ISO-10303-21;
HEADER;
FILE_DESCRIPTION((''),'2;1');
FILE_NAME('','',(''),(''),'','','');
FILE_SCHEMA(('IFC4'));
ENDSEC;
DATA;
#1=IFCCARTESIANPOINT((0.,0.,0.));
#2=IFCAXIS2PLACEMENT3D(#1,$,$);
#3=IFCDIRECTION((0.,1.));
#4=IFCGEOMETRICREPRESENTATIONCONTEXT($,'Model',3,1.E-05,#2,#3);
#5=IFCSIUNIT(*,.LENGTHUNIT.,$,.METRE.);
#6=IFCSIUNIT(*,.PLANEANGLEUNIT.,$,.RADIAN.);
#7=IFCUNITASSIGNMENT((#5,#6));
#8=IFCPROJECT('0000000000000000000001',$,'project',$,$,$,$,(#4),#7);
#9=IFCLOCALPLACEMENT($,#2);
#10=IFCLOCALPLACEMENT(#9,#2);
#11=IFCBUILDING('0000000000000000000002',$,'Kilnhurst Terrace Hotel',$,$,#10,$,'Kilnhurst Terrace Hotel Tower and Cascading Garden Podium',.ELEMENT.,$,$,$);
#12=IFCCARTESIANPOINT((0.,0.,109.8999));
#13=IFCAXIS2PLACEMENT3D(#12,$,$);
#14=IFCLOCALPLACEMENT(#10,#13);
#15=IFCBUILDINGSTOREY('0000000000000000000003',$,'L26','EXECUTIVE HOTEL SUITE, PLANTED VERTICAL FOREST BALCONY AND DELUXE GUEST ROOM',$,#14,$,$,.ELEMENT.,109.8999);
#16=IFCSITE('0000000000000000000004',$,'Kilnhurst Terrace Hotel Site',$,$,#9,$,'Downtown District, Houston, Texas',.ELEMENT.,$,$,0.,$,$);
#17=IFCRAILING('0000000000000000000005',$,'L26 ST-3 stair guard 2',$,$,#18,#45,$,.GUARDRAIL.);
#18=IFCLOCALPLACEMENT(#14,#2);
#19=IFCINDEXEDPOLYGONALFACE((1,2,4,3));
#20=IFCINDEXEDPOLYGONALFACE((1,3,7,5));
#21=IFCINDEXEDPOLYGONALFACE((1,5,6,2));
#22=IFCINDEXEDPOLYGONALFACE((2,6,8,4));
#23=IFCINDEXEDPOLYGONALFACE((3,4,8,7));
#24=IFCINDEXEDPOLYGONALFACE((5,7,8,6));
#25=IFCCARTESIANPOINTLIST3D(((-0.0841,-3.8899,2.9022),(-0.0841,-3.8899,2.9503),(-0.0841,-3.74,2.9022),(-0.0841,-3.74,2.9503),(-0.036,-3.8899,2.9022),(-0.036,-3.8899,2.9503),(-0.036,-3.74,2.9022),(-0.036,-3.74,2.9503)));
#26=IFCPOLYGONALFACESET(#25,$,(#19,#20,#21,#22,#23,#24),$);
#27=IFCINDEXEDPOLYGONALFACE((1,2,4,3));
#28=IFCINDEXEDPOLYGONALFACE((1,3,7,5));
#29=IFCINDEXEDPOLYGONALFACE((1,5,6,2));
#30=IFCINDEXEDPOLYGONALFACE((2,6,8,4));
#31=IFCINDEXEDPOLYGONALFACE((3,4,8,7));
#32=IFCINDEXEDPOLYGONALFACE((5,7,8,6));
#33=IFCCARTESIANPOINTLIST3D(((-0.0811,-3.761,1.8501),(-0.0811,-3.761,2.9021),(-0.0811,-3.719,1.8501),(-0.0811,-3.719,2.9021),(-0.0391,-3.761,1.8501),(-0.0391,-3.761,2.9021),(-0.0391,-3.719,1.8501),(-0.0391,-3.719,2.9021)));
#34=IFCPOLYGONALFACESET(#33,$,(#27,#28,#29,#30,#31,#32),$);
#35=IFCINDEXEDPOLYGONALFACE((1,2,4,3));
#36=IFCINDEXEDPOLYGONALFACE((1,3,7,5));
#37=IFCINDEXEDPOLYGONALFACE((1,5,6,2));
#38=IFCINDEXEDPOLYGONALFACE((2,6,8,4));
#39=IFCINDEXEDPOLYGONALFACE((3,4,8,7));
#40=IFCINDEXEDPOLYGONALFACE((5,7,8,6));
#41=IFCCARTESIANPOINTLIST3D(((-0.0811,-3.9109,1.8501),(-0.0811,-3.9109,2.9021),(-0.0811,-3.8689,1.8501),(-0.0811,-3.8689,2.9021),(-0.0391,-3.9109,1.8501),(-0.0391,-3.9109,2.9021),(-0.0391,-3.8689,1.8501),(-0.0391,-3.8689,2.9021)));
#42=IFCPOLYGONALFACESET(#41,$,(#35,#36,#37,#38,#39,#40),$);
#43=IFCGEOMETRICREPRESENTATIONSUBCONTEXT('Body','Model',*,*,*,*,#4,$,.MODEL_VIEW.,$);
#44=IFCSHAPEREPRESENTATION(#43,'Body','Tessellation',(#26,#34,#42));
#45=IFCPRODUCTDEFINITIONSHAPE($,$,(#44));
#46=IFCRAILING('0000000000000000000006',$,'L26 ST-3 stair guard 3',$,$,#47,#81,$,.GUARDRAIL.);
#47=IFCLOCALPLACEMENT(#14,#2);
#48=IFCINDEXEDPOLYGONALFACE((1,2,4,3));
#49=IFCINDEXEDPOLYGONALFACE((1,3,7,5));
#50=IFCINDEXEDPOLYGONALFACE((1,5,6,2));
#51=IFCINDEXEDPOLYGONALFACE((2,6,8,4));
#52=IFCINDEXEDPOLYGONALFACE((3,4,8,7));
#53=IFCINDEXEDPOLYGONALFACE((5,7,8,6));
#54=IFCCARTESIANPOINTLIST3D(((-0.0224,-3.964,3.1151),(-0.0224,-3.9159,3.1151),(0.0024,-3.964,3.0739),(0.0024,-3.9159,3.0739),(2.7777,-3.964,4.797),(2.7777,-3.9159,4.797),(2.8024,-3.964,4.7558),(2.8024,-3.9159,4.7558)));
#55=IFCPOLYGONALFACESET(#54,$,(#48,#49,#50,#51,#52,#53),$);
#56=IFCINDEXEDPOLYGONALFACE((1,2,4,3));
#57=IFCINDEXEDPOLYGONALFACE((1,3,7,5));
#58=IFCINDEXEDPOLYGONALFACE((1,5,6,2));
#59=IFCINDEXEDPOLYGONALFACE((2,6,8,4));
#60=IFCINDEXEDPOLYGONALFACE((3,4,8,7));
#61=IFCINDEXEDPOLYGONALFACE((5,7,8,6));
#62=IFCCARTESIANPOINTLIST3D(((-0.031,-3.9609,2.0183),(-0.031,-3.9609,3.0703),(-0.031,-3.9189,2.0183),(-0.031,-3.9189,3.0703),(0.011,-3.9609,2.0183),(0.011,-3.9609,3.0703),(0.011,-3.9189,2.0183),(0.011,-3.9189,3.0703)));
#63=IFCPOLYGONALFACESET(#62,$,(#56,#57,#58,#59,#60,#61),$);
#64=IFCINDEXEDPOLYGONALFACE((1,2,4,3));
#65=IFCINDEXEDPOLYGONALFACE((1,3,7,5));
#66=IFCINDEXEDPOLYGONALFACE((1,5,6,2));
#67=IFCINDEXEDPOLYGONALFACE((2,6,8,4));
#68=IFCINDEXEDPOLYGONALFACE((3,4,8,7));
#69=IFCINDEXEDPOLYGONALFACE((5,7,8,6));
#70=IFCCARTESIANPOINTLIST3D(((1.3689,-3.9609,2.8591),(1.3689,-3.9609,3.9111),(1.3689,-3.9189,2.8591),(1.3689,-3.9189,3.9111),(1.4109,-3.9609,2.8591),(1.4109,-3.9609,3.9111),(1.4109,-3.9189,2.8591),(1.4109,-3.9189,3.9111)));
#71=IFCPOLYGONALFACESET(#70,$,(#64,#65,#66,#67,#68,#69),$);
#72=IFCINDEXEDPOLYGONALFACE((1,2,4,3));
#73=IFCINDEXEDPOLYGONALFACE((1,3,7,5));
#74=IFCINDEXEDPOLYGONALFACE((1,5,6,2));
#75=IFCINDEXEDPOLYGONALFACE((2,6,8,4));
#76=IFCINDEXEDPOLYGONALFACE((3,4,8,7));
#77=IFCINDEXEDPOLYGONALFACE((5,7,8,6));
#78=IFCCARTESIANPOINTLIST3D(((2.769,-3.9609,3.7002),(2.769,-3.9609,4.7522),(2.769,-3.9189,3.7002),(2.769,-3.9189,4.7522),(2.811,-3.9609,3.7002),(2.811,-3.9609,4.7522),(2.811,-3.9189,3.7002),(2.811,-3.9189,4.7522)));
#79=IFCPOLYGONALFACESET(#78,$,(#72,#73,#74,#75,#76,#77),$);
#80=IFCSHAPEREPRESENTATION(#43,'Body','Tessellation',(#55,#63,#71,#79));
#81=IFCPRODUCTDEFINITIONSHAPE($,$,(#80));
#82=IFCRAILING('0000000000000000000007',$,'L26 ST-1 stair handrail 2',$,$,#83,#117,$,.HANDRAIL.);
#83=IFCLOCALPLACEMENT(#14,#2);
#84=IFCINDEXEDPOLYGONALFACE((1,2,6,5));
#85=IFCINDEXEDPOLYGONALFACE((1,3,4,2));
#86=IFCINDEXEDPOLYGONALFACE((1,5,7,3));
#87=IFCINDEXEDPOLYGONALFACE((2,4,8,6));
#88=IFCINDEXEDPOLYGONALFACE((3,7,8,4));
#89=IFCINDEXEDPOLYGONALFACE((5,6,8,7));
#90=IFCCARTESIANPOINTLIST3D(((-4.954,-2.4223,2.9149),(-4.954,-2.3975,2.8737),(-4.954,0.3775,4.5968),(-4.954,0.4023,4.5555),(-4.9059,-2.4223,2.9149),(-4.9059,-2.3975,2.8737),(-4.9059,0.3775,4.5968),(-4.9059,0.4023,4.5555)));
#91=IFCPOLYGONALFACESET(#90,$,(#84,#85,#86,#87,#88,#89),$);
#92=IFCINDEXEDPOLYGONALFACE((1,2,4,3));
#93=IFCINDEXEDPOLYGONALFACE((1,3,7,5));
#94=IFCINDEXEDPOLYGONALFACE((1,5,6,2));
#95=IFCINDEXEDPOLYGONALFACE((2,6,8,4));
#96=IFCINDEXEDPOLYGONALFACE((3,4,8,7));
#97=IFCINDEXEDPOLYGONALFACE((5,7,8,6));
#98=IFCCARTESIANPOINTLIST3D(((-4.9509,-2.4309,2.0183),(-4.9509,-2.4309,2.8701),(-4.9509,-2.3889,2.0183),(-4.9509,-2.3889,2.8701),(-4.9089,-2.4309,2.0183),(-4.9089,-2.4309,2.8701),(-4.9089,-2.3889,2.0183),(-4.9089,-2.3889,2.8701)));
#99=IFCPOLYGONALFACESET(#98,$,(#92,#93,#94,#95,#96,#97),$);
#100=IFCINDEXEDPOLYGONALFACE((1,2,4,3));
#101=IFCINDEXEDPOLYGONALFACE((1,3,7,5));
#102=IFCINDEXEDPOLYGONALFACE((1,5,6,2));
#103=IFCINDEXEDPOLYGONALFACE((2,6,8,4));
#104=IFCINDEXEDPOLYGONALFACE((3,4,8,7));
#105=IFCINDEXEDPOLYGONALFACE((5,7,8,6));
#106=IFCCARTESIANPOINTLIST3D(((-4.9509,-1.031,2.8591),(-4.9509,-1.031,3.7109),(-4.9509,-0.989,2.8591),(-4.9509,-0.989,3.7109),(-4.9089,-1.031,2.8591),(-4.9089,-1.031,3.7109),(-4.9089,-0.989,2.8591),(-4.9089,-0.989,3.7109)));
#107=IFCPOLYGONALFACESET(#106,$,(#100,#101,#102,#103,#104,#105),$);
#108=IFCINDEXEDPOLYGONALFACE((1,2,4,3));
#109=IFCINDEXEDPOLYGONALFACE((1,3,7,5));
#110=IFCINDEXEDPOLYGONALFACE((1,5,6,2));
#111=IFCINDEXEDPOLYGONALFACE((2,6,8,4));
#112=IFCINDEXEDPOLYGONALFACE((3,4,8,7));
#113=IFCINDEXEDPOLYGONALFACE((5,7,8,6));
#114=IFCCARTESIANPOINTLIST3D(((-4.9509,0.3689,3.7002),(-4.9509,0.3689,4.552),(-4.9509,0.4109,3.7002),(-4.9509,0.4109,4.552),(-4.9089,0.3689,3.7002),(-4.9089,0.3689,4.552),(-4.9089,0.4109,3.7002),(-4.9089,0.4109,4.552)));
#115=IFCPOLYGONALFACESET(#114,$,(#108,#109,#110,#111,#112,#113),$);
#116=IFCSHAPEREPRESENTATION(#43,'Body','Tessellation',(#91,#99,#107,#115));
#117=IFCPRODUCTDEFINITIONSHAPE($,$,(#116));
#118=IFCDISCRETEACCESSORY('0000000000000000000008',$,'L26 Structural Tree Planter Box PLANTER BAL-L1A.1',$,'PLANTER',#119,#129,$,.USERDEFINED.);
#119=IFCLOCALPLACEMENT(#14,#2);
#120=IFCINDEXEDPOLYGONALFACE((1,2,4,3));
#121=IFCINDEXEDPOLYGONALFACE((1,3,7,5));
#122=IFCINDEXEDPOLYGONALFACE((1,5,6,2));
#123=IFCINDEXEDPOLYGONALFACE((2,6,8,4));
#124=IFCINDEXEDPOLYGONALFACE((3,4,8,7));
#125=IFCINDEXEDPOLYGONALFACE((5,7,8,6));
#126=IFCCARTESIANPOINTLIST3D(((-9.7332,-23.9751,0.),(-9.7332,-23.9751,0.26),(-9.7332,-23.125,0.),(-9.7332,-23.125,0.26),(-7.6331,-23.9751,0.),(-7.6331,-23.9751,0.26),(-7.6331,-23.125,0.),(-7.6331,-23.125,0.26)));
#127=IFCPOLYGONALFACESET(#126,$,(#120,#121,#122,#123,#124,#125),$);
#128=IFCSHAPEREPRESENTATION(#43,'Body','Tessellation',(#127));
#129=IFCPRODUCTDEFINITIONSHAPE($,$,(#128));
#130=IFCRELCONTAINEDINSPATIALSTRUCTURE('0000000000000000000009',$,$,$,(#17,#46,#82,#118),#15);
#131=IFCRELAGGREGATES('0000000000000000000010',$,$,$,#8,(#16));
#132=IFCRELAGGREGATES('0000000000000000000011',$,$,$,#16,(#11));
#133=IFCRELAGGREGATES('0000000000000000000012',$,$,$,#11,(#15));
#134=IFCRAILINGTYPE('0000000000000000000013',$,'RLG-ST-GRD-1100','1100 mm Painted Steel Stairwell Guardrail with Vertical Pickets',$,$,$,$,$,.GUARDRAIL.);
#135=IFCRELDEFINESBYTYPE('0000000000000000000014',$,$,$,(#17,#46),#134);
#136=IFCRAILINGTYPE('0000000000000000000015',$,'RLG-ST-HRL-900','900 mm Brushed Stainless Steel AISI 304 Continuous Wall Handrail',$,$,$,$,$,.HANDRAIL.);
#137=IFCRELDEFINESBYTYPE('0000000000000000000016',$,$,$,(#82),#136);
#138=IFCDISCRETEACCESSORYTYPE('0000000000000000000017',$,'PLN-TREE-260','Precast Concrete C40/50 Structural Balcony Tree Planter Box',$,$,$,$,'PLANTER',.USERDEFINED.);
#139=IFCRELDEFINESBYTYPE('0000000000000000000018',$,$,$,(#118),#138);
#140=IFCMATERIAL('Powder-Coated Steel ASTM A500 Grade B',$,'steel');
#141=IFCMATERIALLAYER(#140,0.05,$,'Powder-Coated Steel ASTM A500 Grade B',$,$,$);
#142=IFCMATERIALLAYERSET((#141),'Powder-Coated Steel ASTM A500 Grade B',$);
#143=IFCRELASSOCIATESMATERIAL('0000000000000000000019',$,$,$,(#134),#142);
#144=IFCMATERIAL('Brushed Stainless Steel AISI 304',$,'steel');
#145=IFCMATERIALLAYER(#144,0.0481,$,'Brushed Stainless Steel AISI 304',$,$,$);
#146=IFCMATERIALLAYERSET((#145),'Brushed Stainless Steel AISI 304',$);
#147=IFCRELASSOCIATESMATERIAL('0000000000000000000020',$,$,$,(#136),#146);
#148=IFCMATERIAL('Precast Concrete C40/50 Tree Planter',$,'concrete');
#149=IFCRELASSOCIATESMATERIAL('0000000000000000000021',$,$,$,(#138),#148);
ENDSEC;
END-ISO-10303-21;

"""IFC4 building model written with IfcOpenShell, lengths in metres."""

from ifc_helpers import new_model, si_unit, direction, frame, origin, origin_2d, place, context, subcontext, project, spatial, rectangle, extrude, material, layer, layer_set, type_object, element, save


model = new_model("IFC4")

# Units and contexts
model_context = context("Model", 3, precision=1e-05, world=origin(), true_north=direction((0.0, 1.0)))
body_context = subcontext(model_context, "Body", "Model", "MODEL_VIEW")
ifc_project = project(units=[si_unit("LENGTHUNIT", "METRE"), si_unit("PLANEANGLEUNIT", "RADIAN")], contexts=[model_context])

# Site, building, storey
site_placement = place(None, origin())
site = spatial("IfcSite", under=ifc_project, at=site_placement, Name="Kilnhurst Terrace Hotel Site", LongName="Downtown District, Houston, Texas", CompositionType="ELEMENT", RefElevation=0.0)
building_placement = place(site_placement, origin())
building = spatial("IfcBuilding", under=site, at=building_placement, Name="Kilnhurst Terrace Hotel", LongName="Kilnhurst Terrace Hotel Tower and Cascading Garden Podium", CompositionType="ELEMENT")
storey_placement = place(building_placement, frame((0.0, 0.0, 109.8999)))
storey = spatial("IfcBuildingStorey", under=building, at=storey_placement, Name="L26", Description="EXECUTIVE HOTEL SUITE, PLANTED VERTICAL FOREST BALCONY AND DELUXE GUEST ROOM", CompositionType="ELEMENT", Elevation=109.8999)

# Railings
ifc_material_1 = material(Name="Powder-Coated Steel ASTM A500 Grade B", Category="steel")
ifc_layer_1 = layer(ifc_material_1, 0.05, Name="Powder-Coated Steel ASTM A500 Grade B")
ifc_layer_set_1 = layer_set([ifc_layer_1], Name="Powder-Coated Steel ASTM A500 Grade B")
railing_type_1 = type_object("IfcRailingType", Name="RLG-ST-GRD-1100", Description="1100 mm Painted Steel Stairwell Guardrail with Vertical Pickets", PredefinedType="GUARDRAIL", material=ifc_layer_set_1)
railing_1_placement = place(storey_placement, frame((-0.0601, -3.74, 1.8501)))
element("IfcRailing", 1, at=railing_1_placement, inside=storey, type_object=railing_type_1, Name="L26 ST-3 stair guard 2", PredefinedType="GUARDRAIL", context=body_context, shape_type="SweptSolid", body=[
    extrude(rectangle(XDim=0.0481, YDim=0.0481, at=origin_2d()), frame((0.0, 0.0, 1.0762), z_axis=(0.0, -1.0, 0.0), x_axis=(1.0, 0.0, 0.0)), (0.0, 0.0, 1.0), 0.1499),
    extrude(rectangle(XDim=0.042, YDim=0.042, at=origin_2d()), origin(), (0.0, 0.0, 1.0), 1.052),
    extrude(rectangle(XDim=0.042, YDim=0.042, at=origin_2d()), frame((0.0, -0.1499, 0.0)), (0.0, 0.0, 1.0), 1.052),
])
railing_2_placement = place(storey_placement, frame((-0.01, -3.9399, 2.0183)))
element("IfcRailing", 2, at=railing_2_placement, inside=storey, type_object=railing_type_1, Name="L26 ST-3 stair guard 3", PredefinedType="GUARDRAIL", context=body_context, shape_type="SweptSolid", body=[
    extrude(rectangle(XDim=0.0481, YDim=0.0481, at=origin_2d()), frame((0.0, 0.0, 1.0762), z_axis=(0.857242, 0.0, 0.514913), x_axis=(0.0, 1.0, 0.0)), (0.0, 0.0, 1.0), 3.2664),
    extrude(rectangle(XDim=0.042, YDim=0.042, at=origin_2d()), origin(), (0.0, 0.0, 1.0), 1.052),
    extrude(rectangle(XDim=0.042, YDim=0.042, at=origin_2d()), frame((1.3999, 0.0, 0.8408)), (0.0, 0.0, 1.0), 1.052),
    extrude(rectangle(XDim=0.042, YDim=0.042, at=origin_2d()), frame((2.8, 0.0, 1.6819)), (0.0, 0.0, 1.0), 1.052),
])
ifc_material_2 = material(Name="Brushed Stainless Steel AISI 304", Category="steel")
ifc_layer_2 = layer(ifc_material_2, 0.0481, Name="Brushed Stainless Steel AISI 304")
ifc_layer_set_2 = layer_set([ifc_layer_2], Name="Brushed Stainless Steel AISI 304")
railing_type_2 = type_object("IfcRailingType", Name="RLG-ST-HRL-900", Description="900 mm Brushed Stainless Steel AISI 304 Continuous Wall Handrail", PredefinedType="HANDRAIL", material=ifc_layer_set_2)
railing_3_placement = place(storey_placement, frame((-4.9299, -2.4099, 2.0183)))
element("IfcRailing", 3, at=railing_3_placement, inside=storey, type_object=railing_type_2, Name="L26 ST-1 stair handrail 2", PredefinedType="HANDRAIL", context=body_context, shape_type="SweptSolid", body=[
    extrude(rectangle(XDim=0.0481, YDim=0.0481, at=origin_2d()), frame((0.0, 0.0, 0.876), z_axis=(0.0, 0.857222, 0.514946), x_axis=(-1.0, 0.0, 0.0)), (0.0, 0.0, 1.0), 3.2661),
    extrude(rectangle(XDim=0.042, YDim=0.042, at=origin_2d()), origin(), (0.0, 0.0, 1.0), 0.8518),
    extrude(rectangle(XDim=0.042, YDim=0.042, at=origin_2d()), frame((0.0, 1.3999, 0.8408)), (0.0, 0.0, 1.0), 0.8518),
    extrude(rectangle(XDim=0.042, YDim=0.042, at=origin_2d()), frame((0.0, 2.7998, 1.6819)), (0.0, 0.0, 1.0), 0.8518),
])

# Discrete accessory
ifc_material_3 = material(Name="Precast Concrete C40/50 Tree Planter", Category="concrete")
discrete_accessory_type = type_object("IfcDiscreteAccessoryType", Name="PLN-TREE-260", Description="Precast Concrete C40/50 Structural Balcony Tree Planter Box", ElementType="PLANTER", PredefinedType="USERDEFINED", material=ifc_material_3)
discrete_accessory_placement = place(storey_placement, frame((-8.6831, -23.55, 0.0), z_axis=(0.0, 0.0, 1.0), x_axis=(1.0, 0.0, 0.0)))
element("IfcDiscreteAccessory", 4, at=discrete_accessory_placement, inside=storey, type_object=discrete_accessory_type, Name="L26 Structural Tree Planter Box PLANTER BAL-L1A.1", ObjectType="PLANTER", PredefinedType="USERDEFINED", context=body_context, shape_type="SweptSolid", body=[
    extrude(rectangle(XDim=2.1001, YDim=0.8501, at=origin_2d()), origin(), (0.0, 0.0, 1.0), 0.26),
])

save(model, "model.ifc")
